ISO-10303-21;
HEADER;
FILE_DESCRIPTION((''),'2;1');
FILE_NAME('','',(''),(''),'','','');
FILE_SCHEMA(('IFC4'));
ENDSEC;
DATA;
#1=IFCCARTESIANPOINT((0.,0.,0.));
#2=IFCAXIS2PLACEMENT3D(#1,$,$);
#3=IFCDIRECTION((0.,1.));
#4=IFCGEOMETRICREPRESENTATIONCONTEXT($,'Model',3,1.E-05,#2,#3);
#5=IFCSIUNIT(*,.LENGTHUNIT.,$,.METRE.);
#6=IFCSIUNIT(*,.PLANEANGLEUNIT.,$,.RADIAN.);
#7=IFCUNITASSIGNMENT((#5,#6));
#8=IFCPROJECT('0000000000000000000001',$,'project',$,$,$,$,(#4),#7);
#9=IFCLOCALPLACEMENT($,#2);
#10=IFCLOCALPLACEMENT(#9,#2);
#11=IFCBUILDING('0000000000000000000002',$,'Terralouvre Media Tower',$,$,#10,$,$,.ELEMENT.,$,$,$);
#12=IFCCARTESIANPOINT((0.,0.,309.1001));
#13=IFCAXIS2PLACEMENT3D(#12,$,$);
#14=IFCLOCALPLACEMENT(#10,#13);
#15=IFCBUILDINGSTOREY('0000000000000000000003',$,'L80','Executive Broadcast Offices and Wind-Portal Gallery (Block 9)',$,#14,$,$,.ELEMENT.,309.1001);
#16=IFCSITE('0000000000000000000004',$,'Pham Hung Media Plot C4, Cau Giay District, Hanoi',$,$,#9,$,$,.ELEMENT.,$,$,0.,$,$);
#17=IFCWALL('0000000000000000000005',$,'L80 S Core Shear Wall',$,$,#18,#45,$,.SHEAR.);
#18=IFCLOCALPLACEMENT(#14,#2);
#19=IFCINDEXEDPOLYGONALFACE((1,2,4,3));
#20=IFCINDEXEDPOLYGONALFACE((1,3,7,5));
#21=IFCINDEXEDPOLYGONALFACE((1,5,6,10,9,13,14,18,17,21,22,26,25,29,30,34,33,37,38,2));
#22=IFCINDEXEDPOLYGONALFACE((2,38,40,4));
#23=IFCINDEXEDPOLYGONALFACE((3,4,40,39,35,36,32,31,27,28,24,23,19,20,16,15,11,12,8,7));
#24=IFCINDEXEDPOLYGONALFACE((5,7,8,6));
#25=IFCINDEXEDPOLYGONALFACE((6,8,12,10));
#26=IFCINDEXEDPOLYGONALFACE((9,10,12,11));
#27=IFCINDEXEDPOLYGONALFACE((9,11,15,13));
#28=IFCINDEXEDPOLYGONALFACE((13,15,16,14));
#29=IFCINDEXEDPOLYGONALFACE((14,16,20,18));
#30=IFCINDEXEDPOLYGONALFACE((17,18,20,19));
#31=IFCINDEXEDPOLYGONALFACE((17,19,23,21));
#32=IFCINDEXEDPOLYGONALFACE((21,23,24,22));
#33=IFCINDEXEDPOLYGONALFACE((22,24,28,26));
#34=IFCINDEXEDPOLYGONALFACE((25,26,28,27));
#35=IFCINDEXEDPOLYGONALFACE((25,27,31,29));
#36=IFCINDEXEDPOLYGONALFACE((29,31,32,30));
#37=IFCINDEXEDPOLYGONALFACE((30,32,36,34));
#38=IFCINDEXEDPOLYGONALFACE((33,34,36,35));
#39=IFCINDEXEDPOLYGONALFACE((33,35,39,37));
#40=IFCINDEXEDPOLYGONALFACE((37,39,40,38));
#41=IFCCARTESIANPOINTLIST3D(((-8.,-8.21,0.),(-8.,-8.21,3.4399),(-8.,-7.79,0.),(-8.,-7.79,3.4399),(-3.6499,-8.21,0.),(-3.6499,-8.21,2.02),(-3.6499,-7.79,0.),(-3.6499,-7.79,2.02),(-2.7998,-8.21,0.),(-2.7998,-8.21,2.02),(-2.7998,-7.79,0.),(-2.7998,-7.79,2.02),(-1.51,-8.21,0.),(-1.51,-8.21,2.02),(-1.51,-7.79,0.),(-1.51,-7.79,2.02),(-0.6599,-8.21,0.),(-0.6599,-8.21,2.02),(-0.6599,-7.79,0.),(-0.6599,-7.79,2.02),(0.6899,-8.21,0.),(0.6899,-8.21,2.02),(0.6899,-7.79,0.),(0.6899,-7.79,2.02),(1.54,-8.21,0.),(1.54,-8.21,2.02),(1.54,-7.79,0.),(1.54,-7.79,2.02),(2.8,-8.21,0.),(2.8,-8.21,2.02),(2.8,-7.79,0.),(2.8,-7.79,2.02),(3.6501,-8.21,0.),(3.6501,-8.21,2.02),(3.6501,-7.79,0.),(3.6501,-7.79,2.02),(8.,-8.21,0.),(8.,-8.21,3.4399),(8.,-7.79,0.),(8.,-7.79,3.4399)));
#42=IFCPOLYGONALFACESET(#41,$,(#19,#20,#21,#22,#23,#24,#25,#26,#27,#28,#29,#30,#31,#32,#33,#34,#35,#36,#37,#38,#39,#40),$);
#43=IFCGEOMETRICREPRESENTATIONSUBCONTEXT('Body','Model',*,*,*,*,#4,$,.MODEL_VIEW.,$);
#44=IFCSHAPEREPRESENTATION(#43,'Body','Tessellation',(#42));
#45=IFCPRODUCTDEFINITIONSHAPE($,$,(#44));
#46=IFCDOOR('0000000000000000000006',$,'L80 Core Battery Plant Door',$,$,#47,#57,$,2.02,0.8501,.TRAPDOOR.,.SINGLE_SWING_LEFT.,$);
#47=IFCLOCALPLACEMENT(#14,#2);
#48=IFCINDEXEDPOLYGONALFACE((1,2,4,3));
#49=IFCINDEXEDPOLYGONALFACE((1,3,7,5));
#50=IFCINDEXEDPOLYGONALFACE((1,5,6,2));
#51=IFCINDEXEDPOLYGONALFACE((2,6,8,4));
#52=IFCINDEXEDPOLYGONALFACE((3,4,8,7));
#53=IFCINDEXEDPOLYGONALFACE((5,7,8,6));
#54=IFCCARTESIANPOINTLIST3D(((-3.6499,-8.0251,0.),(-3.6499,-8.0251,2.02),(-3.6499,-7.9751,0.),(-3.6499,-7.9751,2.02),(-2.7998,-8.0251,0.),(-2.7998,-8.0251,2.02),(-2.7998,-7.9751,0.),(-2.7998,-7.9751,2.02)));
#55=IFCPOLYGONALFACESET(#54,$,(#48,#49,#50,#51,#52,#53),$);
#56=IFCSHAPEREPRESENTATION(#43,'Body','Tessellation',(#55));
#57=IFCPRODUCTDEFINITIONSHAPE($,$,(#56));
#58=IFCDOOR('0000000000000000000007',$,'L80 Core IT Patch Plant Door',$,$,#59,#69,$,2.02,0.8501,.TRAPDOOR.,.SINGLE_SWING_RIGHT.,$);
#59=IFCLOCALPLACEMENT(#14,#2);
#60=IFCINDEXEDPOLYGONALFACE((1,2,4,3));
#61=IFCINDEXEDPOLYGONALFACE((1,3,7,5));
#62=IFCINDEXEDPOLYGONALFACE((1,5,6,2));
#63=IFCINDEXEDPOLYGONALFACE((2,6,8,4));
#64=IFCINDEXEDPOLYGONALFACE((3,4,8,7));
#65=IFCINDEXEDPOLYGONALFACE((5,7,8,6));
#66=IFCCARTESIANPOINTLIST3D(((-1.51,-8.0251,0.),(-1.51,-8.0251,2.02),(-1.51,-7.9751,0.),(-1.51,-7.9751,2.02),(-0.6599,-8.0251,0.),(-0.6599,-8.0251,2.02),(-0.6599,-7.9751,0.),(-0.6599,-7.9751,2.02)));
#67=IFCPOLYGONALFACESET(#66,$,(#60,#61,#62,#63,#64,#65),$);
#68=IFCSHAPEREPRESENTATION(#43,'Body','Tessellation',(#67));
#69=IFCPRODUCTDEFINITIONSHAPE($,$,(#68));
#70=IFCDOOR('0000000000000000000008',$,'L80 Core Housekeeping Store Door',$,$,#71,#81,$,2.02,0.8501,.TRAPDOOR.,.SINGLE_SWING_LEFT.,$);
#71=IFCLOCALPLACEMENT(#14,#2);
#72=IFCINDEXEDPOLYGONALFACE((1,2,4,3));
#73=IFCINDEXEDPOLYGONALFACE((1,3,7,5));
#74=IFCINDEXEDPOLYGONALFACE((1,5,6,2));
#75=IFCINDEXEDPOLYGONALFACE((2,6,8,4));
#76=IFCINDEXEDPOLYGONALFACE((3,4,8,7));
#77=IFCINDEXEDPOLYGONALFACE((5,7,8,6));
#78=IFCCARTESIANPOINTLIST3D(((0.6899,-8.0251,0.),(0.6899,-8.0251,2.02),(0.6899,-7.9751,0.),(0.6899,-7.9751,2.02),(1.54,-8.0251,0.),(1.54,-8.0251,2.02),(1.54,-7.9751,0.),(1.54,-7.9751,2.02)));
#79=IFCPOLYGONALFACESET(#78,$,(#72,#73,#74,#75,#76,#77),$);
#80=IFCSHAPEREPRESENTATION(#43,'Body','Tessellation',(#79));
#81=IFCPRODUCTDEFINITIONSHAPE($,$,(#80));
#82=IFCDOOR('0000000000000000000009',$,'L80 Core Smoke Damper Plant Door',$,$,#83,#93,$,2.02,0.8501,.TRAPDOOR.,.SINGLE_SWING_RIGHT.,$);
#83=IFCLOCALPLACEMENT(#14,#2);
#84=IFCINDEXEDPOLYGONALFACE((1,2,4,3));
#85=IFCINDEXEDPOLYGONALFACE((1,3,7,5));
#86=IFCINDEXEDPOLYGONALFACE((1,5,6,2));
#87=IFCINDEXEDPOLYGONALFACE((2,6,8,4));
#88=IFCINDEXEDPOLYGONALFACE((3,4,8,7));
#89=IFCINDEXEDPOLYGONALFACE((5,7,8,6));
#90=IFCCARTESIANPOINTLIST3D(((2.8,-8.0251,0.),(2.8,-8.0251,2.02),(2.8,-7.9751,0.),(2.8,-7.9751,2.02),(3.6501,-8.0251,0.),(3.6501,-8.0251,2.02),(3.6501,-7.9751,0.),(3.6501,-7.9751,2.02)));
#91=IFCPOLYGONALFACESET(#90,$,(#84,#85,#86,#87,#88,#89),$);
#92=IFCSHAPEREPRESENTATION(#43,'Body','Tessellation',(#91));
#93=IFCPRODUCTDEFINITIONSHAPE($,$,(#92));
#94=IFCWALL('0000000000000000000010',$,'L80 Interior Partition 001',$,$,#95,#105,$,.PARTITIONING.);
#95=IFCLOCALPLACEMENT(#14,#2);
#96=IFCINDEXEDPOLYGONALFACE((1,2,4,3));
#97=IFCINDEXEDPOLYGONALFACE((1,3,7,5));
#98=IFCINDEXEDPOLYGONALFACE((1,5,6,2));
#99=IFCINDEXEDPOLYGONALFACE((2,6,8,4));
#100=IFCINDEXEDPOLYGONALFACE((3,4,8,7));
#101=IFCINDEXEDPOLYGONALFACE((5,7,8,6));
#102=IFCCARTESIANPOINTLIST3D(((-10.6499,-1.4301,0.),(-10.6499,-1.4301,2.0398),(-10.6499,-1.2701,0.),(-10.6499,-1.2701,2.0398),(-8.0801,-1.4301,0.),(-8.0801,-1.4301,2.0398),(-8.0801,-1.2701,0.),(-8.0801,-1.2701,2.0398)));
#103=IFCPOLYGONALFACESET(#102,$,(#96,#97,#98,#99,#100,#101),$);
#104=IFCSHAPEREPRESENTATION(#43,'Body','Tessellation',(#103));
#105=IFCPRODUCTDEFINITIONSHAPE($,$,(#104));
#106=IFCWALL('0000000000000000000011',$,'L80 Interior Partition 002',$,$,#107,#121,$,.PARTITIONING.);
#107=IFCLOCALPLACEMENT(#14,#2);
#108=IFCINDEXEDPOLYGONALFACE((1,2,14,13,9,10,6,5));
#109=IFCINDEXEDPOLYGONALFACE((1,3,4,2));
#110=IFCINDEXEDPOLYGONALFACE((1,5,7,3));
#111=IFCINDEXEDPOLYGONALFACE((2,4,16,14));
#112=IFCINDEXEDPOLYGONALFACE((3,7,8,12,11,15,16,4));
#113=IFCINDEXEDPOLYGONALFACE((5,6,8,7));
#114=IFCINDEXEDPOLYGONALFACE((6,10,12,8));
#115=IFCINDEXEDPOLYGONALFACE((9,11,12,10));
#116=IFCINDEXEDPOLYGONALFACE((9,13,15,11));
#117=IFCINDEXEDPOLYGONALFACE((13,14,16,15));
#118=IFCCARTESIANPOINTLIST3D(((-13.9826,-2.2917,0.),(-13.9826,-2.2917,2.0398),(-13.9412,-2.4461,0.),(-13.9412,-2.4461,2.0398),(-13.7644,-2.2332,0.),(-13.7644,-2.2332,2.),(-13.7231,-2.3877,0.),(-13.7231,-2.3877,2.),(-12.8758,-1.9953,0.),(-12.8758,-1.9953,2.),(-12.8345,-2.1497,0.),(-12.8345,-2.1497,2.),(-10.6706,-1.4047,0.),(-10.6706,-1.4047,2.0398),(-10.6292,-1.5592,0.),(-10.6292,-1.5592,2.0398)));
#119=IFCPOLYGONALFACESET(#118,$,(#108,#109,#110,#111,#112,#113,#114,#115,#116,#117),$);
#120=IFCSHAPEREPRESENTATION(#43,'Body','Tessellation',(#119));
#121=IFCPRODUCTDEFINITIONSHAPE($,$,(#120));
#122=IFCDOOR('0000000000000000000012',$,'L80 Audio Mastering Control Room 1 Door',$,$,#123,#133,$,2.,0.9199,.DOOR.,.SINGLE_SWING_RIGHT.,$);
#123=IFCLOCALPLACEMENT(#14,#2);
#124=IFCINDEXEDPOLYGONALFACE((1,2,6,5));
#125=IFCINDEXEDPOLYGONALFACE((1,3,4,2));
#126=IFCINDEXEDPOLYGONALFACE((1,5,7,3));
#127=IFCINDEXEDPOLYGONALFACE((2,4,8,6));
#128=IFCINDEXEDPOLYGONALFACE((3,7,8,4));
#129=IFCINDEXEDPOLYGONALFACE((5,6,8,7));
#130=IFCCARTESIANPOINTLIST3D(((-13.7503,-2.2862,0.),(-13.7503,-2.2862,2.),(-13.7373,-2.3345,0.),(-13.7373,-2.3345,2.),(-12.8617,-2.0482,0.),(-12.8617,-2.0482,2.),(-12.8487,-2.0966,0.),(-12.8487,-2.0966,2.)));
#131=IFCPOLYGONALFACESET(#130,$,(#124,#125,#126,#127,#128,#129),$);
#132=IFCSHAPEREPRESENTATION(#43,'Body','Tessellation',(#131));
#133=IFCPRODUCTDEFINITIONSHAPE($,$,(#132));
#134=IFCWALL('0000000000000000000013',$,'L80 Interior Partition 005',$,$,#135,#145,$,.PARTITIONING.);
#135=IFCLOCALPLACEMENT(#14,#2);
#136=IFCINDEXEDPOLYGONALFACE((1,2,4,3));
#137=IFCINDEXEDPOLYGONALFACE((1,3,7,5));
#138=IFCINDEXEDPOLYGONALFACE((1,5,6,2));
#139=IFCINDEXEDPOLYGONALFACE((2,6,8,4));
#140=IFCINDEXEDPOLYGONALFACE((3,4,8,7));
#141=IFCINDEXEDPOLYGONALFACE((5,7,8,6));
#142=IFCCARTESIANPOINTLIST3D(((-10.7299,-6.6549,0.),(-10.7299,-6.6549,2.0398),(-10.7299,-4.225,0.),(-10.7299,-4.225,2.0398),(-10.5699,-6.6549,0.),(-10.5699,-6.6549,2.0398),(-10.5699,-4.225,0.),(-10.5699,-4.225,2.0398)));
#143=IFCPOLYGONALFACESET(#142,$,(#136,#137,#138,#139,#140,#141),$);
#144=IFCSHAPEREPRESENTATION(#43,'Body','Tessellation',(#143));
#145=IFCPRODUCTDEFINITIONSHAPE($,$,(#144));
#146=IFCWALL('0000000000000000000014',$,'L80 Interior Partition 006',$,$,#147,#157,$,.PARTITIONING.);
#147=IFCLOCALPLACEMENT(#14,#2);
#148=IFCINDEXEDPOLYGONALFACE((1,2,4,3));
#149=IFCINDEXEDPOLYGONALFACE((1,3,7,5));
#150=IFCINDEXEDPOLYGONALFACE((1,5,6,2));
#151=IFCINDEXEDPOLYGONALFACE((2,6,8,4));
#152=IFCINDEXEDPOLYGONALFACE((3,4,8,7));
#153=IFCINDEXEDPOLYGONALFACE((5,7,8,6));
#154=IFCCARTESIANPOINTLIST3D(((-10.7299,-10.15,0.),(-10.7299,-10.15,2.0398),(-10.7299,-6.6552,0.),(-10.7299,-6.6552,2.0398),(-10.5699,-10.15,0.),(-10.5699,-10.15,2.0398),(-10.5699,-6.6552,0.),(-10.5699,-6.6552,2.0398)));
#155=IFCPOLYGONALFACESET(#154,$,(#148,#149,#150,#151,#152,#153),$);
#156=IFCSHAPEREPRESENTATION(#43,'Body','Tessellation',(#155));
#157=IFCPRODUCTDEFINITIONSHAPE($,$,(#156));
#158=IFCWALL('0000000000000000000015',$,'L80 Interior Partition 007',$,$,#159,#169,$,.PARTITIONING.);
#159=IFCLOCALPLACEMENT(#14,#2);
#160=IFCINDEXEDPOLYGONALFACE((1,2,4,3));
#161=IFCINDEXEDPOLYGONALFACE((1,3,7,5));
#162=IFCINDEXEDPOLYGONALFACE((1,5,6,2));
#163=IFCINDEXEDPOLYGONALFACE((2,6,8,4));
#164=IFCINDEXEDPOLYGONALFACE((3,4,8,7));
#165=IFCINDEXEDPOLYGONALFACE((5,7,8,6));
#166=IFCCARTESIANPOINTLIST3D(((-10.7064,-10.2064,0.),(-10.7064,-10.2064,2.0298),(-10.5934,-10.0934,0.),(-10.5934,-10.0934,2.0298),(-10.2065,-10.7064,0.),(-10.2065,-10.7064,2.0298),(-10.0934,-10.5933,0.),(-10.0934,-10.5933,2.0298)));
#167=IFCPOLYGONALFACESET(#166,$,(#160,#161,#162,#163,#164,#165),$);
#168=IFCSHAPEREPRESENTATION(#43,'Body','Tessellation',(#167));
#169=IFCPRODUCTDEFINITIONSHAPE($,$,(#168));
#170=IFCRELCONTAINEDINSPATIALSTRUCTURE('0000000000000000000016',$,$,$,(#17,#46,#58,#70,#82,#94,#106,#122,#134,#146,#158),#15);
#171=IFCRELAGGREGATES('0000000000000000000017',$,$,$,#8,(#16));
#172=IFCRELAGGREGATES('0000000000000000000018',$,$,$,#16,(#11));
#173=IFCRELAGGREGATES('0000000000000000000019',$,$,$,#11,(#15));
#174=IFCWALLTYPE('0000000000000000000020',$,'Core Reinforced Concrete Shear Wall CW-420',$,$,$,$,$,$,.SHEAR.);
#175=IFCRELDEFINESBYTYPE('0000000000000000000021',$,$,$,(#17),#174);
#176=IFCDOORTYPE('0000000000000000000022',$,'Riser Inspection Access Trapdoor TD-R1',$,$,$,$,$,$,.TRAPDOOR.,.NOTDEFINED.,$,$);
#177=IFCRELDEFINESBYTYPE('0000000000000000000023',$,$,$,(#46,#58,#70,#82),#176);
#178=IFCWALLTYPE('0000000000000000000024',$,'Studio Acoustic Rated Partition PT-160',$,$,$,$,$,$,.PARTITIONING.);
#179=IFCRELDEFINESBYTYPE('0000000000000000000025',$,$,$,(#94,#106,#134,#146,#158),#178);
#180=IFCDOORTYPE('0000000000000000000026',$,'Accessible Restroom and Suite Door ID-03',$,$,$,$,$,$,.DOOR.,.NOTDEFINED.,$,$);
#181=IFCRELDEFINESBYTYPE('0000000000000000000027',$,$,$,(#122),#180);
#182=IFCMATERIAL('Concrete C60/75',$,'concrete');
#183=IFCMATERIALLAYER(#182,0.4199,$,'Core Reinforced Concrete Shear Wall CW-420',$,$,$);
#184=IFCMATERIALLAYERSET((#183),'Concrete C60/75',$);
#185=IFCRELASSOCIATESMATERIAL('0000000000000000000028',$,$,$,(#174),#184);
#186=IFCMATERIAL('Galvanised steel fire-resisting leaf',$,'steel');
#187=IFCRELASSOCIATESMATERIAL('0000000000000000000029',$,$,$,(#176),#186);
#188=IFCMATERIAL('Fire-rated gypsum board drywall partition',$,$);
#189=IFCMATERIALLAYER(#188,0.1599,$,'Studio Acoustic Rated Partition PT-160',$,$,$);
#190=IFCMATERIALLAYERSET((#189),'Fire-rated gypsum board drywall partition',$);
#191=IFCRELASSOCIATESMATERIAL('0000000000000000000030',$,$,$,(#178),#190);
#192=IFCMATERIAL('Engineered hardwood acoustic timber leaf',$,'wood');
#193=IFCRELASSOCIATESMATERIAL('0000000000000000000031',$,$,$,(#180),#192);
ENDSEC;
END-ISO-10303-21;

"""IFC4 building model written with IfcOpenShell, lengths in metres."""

from ifc_helpers import new_model, si_unit, direction, frame, frame_2d, origin, place, context, subcontext, project, spatial, rectangle, extrude, material, layer, layer_set, type_object, element, fill, save


model = new_model("IFC4")

# Units and contexts
model_context = context("Model", 3, precision=1e-05, world=origin(), true_north=direction((0.0, 1.0)))
body_context = subcontext(model_context, "Body", "Model", "MODEL_VIEW")
ifc_project = project(units=[si_unit("LENGTHUNIT", "METRE"), si_unit("PLANEANGLEUNIT", "RADIAN")], contexts=[model_context])

# Site, building, storey
site_placement = place(None, origin())
site = spatial("IfcSite", under=ifc_project, at=site_placement, Name="Pham Hung Media Plot C4, Cau Giay District, Hanoi", CompositionType="ELEMENT", RefElevation=0.0)
building_placement = place(site_placement, origin())
building = spatial("IfcBuilding", under=site, at=building_placement, Name="Terralouvre Media Tower", CompositionType="ELEMENT")
storey_placement = place(building_placement, frame((0.0, 0.0, 309.1001)))
storey = spatial("IfcBuildingStorey", under=building, at=storey_placement, Name="L80", Description="Executive Broadcast Offices and Wind-Portal Gallery (Block 9)", CompositionType="ELEMENT", Elevation=309.1001)

# Wall, openings, doors
ifc_material_1 = material(Name="Concrete C60/75", Category="concrete")
ifc_layer_1 = layer(ifc_material_1, 0.4199, Name="Core Reinforced Concrete Shear Wall CW-420")
ifc_layer_set_1 = layer_set([ifc_layer_1], Name="Concrete C60/75")
wall_type_1 = type_object("IfcWallType", Name="Core Reinforced Concrete Shear Wall CW-420", PredefinedType="SHEAR", material=ifc_layer_set_1)
ifc_material_2 = material(Name="Galvanised steel fire-resisting leaf", Category="steel")
door_type_1 = type_object("IfcDoorType", Name="Riser Inspection Access Trapdoor TD-R1", OperationType="NOTDEFINED", PredefinedType="TRAPDOOR", material=ifc_material_2)
wall_1_placement = place(storey_placement, frame((-8.0, -8.0, 0.0), z_axis=(0.0, 0.0, 1.0), x_axis=(1.0, 0.0, 0.0)))
wall_1 = element("IfcWall", 1, at=wall_1_placement, inside=storey, type_object=wall_type_1, Name="L80 S Core Shear Wall", PredefinedType="SHEAR", context=body_context, shape_type="SweptSolid", body=[
    extrude(rectangle(XDim=16.0, YDim=0.4199, at=frame_2d((8.0, 0.0))), origin(), (0.0, 0.0, 1.0), 3.4399),
])
opening_1_placement = place(wall_1_placement, frame((4.3501, 0.0, 0.0)))
opening_1 = element("IfcOpeningElement", 2, at=opening_1_placement, cuts=wall_1, PredefinedType="OPENING", context=body_context, shape_type="SweptSolid", body=[
    extrude(rectangle(XDim=0.8501, YDim=2.02, at=frame_2d((0.425, 1.01))), frame((0.0, 0.22, 0.0), z_axis=(0.0, -1.0, 0.0), x_axis=(1.0, 0.0, 0.0)), (0.0, 0.0, 1.0), 0.4399),
])
opening_2_placement = place(wall_1_placement, frame((6.49, 0.0, 0.0)))
opening_2 = element("IfcOpeningElement", 3, at=opening_2_placement, cuts=wall_1, PredefinedType="OPENING", context=body_context, shape_type="SweptSolid", body=[
    extrude(rectangle(XDim=0.8501, YDim=2.02, at=frame_2d((0.425, 1.01))), frame((0.0, 0.22, 0.0), z_axis=(0.0, -1.0, 0.0), x_axis=(1.0, 0.0, 0.0)), (0.0, 0.0, 1.0), 0.4399),
])
opening_3_placement = place(wall_1_placement, frame((8.6899, 0.0, 0.0)))
opening_3 = element("IfcOpeningElement", 4, at=opening_3_placement, cuts=wall_1, PredefinedType="OPENING", context=body_context, shape_type="SweptSolid", body=[
    extrude(rectangle(XDim=0.8501, YDim=2.02, at=frame_2d((0.425, 1.01))), frame((0.0, 0.22, 0.0), z_axis=(0.0, -1.0, 0.0), x_axis=(1.0, 0.0, 0.0)), (0.0, 0.0, 1.0), 0.4399),
])
opening_4_placement = place(wall_1_placement, frame((10.8, 0.0, 0.0)))
opening_4 = element("IfcOpeningElement", 5, at=opening_4_placement, cuts=wall_1, PredefinedType="OPENING", context=body_context, shape_type="SweptSolid", body=[
    extrude(rectangle(XDim=0.8501, YDim=2.02, at=frame_2d((0.425, 1.01))), frame((0.0, 0.22, 0.0), z_axis=(0.0, -1.0, 0.0), x_axis=(1.0, 0.0, 0.0)), (0.0, 0.0, 1.0), 0.4399),
])
door_1_placement = place(opening_1_placement, origin())
door_1 = element("IfcDoor", 6, at=door_1_placement, inside=storey, type_object=door_type_1, Name="L80 Core Battery Plant Door", OperationType="SINGLE_SWING_LEFT", OverallHeight=2.02, OverallWidth=0.8501, PredefinedType="TRAPDOOR", context=body_context, shape_type="SweptSolid", body=[
    extrude(rectangle(XDim=0.8501, YDim=2.02, at=frame_2d((0.425, 1.01))), frame((0.0, 0.0249, 0.0), z_axis=(0.0, -1.0, 0.0), x_axis=(1.0, 0.0, 0.0)), (0.0, 0.0, 1.0), 0.05),
])
fill(opening_1, door_1)
door_2_placement = place(opening_2_placement, origin())
door_2 = element("IfcDoor", 7, at=door_2_placement, inside=storey, type_object=door_type_1, Name="L80 Core IT Patch Plant Door", OperationType="SINGLE_SWING_RIGHT", OverallHeight=2.02, OverallWidth=0.8501, PredefinedType="TRAPDOOR", context=body_context, shape_type="SweptSolid", body=[
    extrude(rectangle(XDim=0.8501, YDim=2.02, at=frame_2d((0.425, 1.01))), frame((0.0, 0.0249, 0.0), z_axis=(0.0, -1.0, 0.0), x_axis=(1.0, 0.0, 0.0)), (0.0, 0.0, 1.0), 0.05),
])
fill(opening_2, door_2)
door_3_placement = place(opening_3_placement, origin())
door_3 = element("IfcDoor", 8, at=door_3_placement, inside=storey, type_object=door_type_1, Name="L80 Core Housekeeping Store Door", OperationType="SINGLE_SWING_LEFT", OverallHeight=2.02, OverallWidth=0.8501, PredefinedType="TRAPDOOR", context=body_context, shape_type="SweptSolid", body=[
    extrude(rectangle(XDim=0.8501, YDim=2.02, at=frame_2d((0.425, 1.01))), frame((0.0, 0.0249, 0.0), z_axis=(0.0, -1.0, 0.0), x_axis=(1.0, 0.0, 0.0)), (0.0, 0.0, 1.0), 0.05),
])
fill(opening_3, door_3)
door_4_placement = place(opening_4_placement, origin())
door_4 = element("IfcDoor", 9, at=door_4_placement, inside=storey, type_object=door_type_1, Name="L80 Core Smoke Damper Plant Door", OperationType="SINGLE_SWING_RIGHT", OverallHeight=2.02, OverallWidth=0.8501, PredefinedType="TRAPDOOR", context=body_context, shape_type="SweptSolid", body=[
    extrude(rectangle(XDim=0.8501, YDim=2.02, at=frame_2d((0.425, 1.01))), frame((0.0, 0.0249, 0.0), z_axis=(0.0, -1.0, 0.0), x_axis=(1.0, 0.0, 0.0)), (0.0, 0.0, 1.0), 0.05),
])
fill(opening_4, door_4)

# Wall
ifc_material_3 = material(Name="Fire-rated gypsum board drywall partition")
ifc_layer_2 = layer(ifc_material_3, 0.1599, Name="Studio Acoustic Rated Partition PT-160")
ifc_layer_set_2 = layer_set([ifc_layer_2], Name="Fire-rated gypsum board drywall partition")
wall_type_2 = type_object("IfcWallType", Name="Studio Acoustic Rated Partition PT-160", PredefinedType="PARTITIONING", material=ifc_layer_set_2)
wall_2_placement = place(storey_placement, frame((-8.0801, -1.3501, 0.0), z_axis=(0.0, 0.0, 1.0), x_axis=(-1.0, 0.0, 0.0)))
element("IfcWall", 10, at=wall_2_placement, inside=storey, type_object=wall_type_2, Name="L80 Interior Partition 001", PredefinedType="PARTITIONING", context=body_context, shape_type="SweptSolid", body=[
    extrude(rectangle(XDim=2.5698, YDim=0.1599, at=frame_2d((1.2849, 0.0))), origin(), (0.0, 0.0, 1.0), 2.0398),
])

# Wall, opening, door
wall_3_placement = place(storey_placement, frame((-10.6499, -1.4819, 0.0), z_axis=(0.0, 0.0, 1.0), x_axis=(-0.965961, -0.258686, 0.0)))
wall_3 = element("IfcWall", 11, at=wall_3_placement, inside=storey, type_object=wall_type_2, Name="L80 Interior Partition 002", PredefinedType="PARTITIONING", context=body_context, shape_type="SweptSolid", body=[
    extrude(rectangle(XDim=3.4287, YDim=0.1599, at=frame_2d((1.7144, 0.0))), origin(), (0.0, 0.0, 1.0), 2.0398),
])
opening_5_placement = place(wall_3_placement, frame((2.283, 0.0, 0.0)))
opening_5 = element("IfcOpeningElement", 12, at=opening_5_placement, cuts=wall_3, PredefinedType="OPENING", context=body_context, shape_type="SweptSolid", body=[
    extrude(rectangle(XDim=0.9199, YDim=2.0, at=frame_2d((0.46, 1.0))), frame((0.0, 0.0898, 0.0), z_axis=(0.0, -1.0, 0.0), x_axis=(1.0, 0.0, 0.0)), (0.0, 0.0, 1.0), 0.1799),
])
ifc_material_4 = material(Name="Engineered hardwood acoustic timber leaf", Category="wood")
door_type_2 = type_object("IfcDoorType", Name="Accessible Restroom and Suite Door ID-03", OperationType="NOTDEFINED", PredefinedType="DOOR", material=ifc_material_4)
door_5_placement = place(opening_5_placement, origin())
door_5 = element("IfcDoor", 13, at=door_5_placement, inside=storey, type_object=door_type_2, Name="L80 Audio Mastering Control Room 1 Door", OperationType="SINGLE_SWING_RIGHT", OverallHeight=2.0, OverallWidth=0.9199, PredefinedType="DOOR", context=body_context, shape_type="SweptSolid", body=[
    extrude(rectangle(XDim=0.9199, YDim=2.0, at=frame_2d((0.46, 1.0))), frame((0.0, 0.0249, 0.0), z_axis=(0.0, -1.0, 0.0), x_axis=(1.0, 0.0, 0.0)), (0.0, 0.0, 1.0), 0.05),
])
fill(opening_5, door_5)

# Walls
wall_4_placement = place(storey_placement, frame((-10.6499, -4.2251, 0.0), z_axis=(0.0, 0.0, 1.0), x_axis=(0.0, -1.0, 0.0)))
element("IfcWall", 14, at=wall_4_placement, inside=storey, type_object=wall_type_2, Name="L80 Interior Partition 005", PredefinedType="PARTITIONING", context=body_context, shape_type="SweptSolid", body=[
    extrude(rectangle(XDim=2.4299, YDim=0.1599, at=frame_2d((1.2148, 0.0))), origin(), (0.0, 0.0, 1.0), 2.0398),
])
wall_5_placement = place(storey_placement, frame((-10.6499, -6.655, 0.0), z_axis=(0.0, 0.0, 1.0), x_axis=(0.0, -1.0, 0.0)))
element("IfcWall", 15, at=wall_5_placement, inside=storey, type_object=wall_type_2, Name="L80 Interior Partition 006", PredefinedType="PARTITIONING", context=body_context, shape_type="SweptSolid", body=[
    extrude(rectangle(XDim=3.4949, YDim=0.1599, at=frame_2d((1.7476, 0.0))), origin(), (0.0, 0.0, 1.0), 2.0398),
])
wall_6_placement = place(storey_placement, frame((-10.6499, -10.1499, 0.0), z_axis=(0.0, 0.0, 1.0), x_axis=(0.707107, -0.707107, 0.0)))
element("IfcWall", 16, at=wall_6_placement, inside=storey, type_object=wall_type_2, Name="L80 Interior Partition 007", PredefinedType="PARTITIONING", context=body_context, shape_type="SweptSolid", body=[
    extrude(rectangle(XDim=0.707, YDim=0.1599, at=frame_2d((0.3535, 0.0))), origin(), (0.0, 0.0, 1.0), 2.0298),
])

save(model, "model.ifc")
